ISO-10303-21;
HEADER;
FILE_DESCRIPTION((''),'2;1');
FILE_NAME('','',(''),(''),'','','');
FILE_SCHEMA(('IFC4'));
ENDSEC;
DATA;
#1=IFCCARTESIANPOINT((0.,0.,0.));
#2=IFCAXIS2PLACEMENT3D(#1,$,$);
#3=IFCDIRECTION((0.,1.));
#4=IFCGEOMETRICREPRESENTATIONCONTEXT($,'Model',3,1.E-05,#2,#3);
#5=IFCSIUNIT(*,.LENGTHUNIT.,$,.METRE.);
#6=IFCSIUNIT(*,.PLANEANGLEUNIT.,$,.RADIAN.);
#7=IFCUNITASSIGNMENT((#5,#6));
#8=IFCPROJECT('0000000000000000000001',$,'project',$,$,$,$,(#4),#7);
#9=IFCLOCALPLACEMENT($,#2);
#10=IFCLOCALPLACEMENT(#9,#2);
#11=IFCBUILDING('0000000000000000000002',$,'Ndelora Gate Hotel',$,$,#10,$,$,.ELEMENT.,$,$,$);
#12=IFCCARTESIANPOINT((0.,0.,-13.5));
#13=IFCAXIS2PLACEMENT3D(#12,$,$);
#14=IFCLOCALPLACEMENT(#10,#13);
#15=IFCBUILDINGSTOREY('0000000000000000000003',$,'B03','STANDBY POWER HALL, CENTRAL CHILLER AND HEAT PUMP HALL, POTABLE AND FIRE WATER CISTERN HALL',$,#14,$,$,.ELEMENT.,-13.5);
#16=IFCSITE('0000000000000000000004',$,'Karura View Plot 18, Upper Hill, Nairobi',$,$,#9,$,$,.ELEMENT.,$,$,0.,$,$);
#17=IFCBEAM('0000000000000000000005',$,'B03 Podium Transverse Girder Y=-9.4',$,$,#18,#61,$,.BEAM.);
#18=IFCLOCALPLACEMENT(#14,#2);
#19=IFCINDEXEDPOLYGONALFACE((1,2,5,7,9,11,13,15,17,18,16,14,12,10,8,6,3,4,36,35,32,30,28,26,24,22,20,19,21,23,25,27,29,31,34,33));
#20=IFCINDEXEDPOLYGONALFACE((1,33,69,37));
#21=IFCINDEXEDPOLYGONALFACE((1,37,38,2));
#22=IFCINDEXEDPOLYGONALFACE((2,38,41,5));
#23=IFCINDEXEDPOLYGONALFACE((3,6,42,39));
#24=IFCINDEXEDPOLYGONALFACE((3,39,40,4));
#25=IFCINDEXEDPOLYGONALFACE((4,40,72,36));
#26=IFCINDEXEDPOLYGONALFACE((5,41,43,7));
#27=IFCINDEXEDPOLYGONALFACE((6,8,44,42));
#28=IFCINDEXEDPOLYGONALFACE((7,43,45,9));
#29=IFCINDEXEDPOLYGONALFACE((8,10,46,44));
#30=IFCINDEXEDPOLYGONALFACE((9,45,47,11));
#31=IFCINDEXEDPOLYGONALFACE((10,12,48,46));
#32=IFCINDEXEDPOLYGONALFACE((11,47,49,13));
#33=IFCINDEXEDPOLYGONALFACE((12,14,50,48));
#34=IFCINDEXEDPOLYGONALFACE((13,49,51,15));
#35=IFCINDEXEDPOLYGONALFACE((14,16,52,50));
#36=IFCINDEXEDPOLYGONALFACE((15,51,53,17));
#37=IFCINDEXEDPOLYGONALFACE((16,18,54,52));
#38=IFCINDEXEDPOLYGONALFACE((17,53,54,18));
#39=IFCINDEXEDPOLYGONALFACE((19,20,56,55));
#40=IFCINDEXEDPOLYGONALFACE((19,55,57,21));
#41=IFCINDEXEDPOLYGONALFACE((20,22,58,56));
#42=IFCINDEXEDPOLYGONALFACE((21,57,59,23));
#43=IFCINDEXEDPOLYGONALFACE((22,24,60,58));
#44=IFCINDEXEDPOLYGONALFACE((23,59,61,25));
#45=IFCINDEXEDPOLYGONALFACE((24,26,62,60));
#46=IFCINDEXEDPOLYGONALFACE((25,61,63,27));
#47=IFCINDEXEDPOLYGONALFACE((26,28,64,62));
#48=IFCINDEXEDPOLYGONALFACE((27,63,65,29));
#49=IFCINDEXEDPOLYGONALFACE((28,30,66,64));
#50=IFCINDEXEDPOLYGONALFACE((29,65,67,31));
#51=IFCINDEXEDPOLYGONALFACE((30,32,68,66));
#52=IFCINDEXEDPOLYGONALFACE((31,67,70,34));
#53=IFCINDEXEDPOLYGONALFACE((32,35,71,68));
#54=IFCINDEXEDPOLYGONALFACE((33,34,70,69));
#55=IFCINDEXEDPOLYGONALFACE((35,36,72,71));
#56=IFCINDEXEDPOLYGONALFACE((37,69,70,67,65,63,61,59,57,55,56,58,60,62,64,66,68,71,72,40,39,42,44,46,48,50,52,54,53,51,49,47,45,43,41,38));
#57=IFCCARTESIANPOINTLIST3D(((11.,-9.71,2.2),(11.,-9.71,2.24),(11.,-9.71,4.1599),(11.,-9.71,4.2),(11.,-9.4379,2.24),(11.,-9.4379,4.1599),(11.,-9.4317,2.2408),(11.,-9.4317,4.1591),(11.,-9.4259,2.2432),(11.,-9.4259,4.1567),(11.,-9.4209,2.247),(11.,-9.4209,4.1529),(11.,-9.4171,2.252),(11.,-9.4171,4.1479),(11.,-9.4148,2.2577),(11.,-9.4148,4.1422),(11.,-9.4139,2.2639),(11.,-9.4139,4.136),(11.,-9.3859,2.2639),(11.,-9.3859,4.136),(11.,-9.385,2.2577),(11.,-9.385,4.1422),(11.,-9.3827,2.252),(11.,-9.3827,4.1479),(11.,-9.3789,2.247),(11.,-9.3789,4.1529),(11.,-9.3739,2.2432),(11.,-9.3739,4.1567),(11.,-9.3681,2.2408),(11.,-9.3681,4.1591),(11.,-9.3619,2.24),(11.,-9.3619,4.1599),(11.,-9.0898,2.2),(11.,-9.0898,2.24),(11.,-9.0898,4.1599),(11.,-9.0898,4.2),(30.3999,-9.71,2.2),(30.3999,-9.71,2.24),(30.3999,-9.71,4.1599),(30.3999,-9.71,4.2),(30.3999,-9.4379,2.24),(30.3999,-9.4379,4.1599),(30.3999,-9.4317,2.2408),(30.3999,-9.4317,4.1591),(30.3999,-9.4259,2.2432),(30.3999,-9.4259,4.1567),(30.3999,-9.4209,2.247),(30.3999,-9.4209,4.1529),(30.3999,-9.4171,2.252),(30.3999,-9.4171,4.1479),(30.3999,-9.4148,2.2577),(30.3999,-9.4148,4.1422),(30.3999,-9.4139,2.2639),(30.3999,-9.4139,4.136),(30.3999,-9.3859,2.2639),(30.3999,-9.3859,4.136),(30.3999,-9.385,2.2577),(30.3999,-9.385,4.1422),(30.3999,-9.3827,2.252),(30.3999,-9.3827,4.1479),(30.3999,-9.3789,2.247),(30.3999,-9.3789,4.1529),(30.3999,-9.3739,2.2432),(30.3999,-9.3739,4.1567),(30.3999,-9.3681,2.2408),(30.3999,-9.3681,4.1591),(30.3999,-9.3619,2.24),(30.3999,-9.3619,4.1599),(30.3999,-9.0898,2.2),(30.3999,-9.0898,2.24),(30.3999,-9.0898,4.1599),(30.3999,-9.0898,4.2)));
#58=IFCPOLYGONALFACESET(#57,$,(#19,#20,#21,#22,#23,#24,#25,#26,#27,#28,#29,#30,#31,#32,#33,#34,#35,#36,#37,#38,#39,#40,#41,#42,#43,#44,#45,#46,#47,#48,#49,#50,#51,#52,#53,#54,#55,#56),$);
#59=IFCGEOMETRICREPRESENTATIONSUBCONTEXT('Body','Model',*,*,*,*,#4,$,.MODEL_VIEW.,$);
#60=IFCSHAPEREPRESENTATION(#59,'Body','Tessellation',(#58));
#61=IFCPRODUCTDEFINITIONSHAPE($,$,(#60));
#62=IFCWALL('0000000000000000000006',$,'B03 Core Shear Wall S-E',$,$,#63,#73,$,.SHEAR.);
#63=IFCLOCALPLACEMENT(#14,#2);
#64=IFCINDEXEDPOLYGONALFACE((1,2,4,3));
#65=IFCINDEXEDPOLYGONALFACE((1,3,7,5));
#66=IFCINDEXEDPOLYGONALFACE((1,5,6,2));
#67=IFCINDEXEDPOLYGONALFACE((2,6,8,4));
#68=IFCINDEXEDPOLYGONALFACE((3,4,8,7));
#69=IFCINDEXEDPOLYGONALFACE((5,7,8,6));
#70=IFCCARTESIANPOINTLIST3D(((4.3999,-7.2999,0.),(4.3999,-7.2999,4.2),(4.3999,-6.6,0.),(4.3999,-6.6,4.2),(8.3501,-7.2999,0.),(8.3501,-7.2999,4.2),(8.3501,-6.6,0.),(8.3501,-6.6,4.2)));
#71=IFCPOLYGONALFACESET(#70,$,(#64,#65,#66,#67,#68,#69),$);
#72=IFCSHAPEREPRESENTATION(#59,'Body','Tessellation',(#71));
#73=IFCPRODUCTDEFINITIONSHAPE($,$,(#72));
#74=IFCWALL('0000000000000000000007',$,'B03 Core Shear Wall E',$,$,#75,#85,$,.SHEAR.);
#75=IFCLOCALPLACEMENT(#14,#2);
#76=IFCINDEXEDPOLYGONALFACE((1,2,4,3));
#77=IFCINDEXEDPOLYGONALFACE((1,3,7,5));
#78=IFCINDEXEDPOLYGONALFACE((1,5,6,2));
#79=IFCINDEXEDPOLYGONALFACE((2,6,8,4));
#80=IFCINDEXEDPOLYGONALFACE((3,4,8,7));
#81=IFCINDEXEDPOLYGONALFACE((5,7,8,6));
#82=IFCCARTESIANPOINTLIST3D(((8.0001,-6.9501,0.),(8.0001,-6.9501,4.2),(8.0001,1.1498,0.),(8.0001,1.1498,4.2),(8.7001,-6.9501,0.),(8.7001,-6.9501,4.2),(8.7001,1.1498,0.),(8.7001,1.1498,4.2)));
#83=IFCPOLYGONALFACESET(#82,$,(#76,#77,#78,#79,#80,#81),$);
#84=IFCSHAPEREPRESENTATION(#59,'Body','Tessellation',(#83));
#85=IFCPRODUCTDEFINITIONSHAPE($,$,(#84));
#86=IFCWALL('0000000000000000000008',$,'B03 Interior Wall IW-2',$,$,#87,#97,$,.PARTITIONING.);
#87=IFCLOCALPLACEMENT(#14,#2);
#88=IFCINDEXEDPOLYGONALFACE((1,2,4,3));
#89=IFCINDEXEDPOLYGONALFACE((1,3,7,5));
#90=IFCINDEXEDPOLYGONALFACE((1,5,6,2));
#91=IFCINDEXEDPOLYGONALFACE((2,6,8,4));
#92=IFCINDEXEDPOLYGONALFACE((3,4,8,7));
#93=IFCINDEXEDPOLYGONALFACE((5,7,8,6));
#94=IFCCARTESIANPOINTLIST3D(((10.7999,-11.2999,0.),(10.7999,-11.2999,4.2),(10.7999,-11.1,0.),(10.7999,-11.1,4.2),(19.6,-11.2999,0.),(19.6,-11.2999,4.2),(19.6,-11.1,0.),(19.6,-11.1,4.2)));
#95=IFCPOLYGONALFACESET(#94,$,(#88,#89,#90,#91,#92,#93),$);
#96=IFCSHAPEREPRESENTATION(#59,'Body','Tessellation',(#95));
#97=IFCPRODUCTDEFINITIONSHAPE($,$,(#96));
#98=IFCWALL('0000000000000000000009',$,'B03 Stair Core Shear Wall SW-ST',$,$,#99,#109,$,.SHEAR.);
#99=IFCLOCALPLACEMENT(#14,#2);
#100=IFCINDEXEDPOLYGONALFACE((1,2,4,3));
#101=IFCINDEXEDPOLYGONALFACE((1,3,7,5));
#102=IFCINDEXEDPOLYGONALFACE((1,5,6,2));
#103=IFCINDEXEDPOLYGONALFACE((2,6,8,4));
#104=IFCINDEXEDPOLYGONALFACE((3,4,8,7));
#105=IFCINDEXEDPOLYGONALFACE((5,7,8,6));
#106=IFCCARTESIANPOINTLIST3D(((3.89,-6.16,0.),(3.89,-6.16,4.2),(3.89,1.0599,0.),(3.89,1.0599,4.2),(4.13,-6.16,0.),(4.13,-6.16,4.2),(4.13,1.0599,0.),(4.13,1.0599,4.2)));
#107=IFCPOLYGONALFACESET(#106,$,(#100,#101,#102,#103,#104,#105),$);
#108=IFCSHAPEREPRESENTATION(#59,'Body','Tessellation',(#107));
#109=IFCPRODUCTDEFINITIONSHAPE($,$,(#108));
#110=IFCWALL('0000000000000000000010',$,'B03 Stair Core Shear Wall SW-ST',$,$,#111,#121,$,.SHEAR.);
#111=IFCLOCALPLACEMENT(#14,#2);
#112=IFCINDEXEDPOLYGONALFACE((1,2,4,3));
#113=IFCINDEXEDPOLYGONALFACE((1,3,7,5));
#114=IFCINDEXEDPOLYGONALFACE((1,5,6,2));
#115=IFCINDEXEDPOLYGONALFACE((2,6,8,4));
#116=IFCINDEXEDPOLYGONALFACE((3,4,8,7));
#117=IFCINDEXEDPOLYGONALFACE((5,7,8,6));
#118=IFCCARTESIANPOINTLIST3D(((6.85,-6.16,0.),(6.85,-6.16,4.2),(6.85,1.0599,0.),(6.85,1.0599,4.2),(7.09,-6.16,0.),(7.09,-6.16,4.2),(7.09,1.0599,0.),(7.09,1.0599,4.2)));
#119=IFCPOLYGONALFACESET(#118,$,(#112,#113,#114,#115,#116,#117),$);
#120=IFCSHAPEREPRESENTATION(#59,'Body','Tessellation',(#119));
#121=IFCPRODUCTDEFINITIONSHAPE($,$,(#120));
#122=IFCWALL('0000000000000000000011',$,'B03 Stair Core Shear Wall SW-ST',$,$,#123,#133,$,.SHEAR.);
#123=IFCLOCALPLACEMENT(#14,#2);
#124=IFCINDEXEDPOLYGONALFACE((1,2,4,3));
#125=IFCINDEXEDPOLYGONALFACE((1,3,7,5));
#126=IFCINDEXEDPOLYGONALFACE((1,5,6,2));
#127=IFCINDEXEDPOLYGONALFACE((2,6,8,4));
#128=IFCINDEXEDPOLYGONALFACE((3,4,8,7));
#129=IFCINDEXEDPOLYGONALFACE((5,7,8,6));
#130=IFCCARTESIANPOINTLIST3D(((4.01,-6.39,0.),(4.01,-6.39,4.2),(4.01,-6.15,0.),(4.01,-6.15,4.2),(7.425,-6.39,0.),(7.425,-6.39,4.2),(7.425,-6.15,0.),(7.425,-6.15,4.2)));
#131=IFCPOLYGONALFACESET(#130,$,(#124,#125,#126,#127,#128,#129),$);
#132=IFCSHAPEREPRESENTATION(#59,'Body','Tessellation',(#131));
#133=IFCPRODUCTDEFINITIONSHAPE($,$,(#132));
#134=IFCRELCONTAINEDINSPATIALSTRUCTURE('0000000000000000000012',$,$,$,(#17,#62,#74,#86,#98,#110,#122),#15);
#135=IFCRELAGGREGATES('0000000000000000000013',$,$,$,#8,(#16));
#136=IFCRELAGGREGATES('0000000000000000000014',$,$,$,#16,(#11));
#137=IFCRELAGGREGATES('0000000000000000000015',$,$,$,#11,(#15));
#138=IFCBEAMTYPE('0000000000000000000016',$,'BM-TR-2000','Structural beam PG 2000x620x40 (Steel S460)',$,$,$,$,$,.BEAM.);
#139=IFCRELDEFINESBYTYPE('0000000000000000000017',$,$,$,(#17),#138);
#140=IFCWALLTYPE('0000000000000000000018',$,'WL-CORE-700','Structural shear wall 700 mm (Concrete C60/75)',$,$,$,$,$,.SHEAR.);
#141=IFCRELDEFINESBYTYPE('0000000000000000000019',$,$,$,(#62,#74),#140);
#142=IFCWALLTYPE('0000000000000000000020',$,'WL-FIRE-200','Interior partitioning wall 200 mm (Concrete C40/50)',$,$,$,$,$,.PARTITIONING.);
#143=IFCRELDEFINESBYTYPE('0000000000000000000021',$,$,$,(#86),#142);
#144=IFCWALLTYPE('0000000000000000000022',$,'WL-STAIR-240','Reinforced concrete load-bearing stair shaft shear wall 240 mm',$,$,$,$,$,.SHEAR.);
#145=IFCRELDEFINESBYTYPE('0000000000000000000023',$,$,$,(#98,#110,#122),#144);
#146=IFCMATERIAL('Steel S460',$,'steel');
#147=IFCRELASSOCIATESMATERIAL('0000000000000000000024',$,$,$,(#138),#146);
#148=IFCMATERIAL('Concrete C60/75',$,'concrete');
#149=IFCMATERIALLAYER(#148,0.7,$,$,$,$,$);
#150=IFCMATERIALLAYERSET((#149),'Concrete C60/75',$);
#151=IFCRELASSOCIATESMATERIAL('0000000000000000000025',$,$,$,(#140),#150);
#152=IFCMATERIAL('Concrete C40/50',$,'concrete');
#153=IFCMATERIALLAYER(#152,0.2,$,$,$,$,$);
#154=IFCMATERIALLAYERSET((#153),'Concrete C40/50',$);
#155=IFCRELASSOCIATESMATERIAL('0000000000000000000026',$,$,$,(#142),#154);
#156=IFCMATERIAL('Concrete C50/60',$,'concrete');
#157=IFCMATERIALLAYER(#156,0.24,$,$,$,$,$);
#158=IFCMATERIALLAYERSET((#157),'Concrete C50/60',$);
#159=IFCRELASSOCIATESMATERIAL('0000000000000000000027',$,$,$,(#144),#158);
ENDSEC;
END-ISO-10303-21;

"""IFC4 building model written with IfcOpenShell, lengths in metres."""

from ifc_helpers import new_model, si_unit, direction, frame, frame_2d, origin, origin_2d, place, context, subcontext, project, spatial, rectangle, i_section, extrude, material, layer, layer_set, material_profile, profile_set, type_object, element, save


model = new_model("IFC4")

# Units and contexts
model_context = context("Model", 3, precision=1e-05, world=origin(), true_north=direction((0.0, 1.0)))
body_context = subcontext(model_context, "Body", "Model", "MODEL_VIEW")
ifc_project = project(units=[si_unit("LENGTHUNIT", "METRE"), si_unit("PLANEANGLEUNIT", "RADIAN")], contexts=[model_context])

# Site, building, storey
site_placement = place(None, origin())
site = spatial("IfcSite", under=ifc_project, at=site_placement, Name="Karura View Plot 18, Upper Hill, Nairobi", CompositionType="ELEMENT", RefElevation=0.0)
building_placement = place(site_placement, origin())
building = spatial("IfcBuilding", under=site, at=building_placement, Name="Ndelora Gate Hotel", CompositionType="ELEMENT")
storey_placement = place(building_placement, frame((0.0, 0.0, -13.5)))
storey = spatial("IfcBuildingStorey", under=building, at=storey_placement, Name="B03", Description="STANDBY POWER HALL, CENTRAL CHILLER AND HEAT PUMP HALL, POTABLE AND FIRE WATER CISTERN HALL", CompositionType="ELEMENT", Elevation=-13.5)

# Shared definitions
ifc_material_1 = material(Name="Concrete C40/50", Category="concrete")

# Shared definitions
ifc_material_2 = material(Name="Concrete C60/75", Category="concrete")

# Beam
ifc_material_3 = material(Name="Concrete C50/60", Category="concrete")
ifc_material_4 = material(Name="Steel S460", Category="steel")
ifc_material_profile_1 = material_profile(ifc_material_4, i_section(OverallWidth=0.6201, OverallDepth=2.0, WebThickness=0.0281, FlangeThickness=0.04, FilletRadius=0.0239, at=origin_2d()), Name="PG 2000x620x40")
ifc_profile_set_1 = profile_set([ifc_material_profile_1], Name="Steel S460")
beam_type_1 = type_object("IfcBeamType", Name="BM-TR-2000", Description="Structural beam PG 2000x620x40 (Steel S460)", PredefinedType="BEAM", material=ifc_profile_set_1)
beam_1_placement = place(storey_placement, frame((11.0, -9.3999, 3.2), z_axis=(1.0, 0.0, 0.0), x_axis=(0.0, 1.0, 0.0)))
element("IfcBeam", 1, at=beam_1_placement, inside=storey, type_object=beam_type_1, Name="B03 Podium Transverse Girder Y=-9.4", PredefinedType="BEAM", context=body_context, shape_type="SweptSolid", body=[
    extrude(i_section(OverallWidth=0.6201, OverallDepth=2.0, WebThickness=0.0281, FlangeThickness=0.04, FilletRadius=0.0239, at=origin_2d()), origin(), (0.0, 0.0, 1.0), 19.3999),
])

# Walls
ifc_layer_1 = layer(ifc_material_2, 0.7)
ifc_layer_set_1 = layer_set([ifc_layer_1], Name="Concrete C60/75")
wall_type_1 = type_object("IfcWallType", Name="WL-CORE-700", Description="Structural shear wall 700 mm (Concrete C60/75)", PredefinedType="SHEAR", material=ifc_layer_set_1)
wall_1_placement = place(storey_placement, frame((4.3999, -6.95, 0.0), z_axis=(0.0, 0.0, 1.0), x_axis=(1.0, 0.0, 0.0)))
element("IfcWall", 2, at=wall_1_placement, inside=storey, type_object=wall_type_1, Name="B03 Core Shear Wall S-E", PredefinedType="SHEAR", context=body_context, shape_type="SweptSolid", body=[
    extrude(rectangle(XDim=3.9502, YDim=0.7, at=frame_2d((1.9751, 0.0))), origin(), (0.0, 0.0, 1.0), 4.2),
])
wall_2_placement = place(storey_placement, frame((8.3501, -6.95, 0.0), z_axis=(0.0, 0.0, 1.0), x_axis=(0.0, 1.0, 0.0)))
element("IfcWall", 3, at=wall_2_placement, inside=storey, type_object=wall_type_1, Name="B03 Core Shear Wall E", PredefinedType="SHEAR", context=body_context, shape_type="SweptSolid", body=[
    extrude(rectangle(XDim=8.0999, YDim=0.7, at=frame_2d((4.0498, 0.0))), origin(), (0.0, 0.0, 1.0), 4.2),
])
ifc_layer_2 = layer(ifc_material_1, 0.2)
ifc_layer_set_2 = layer_set([ifc_layer_2], Name="Concrete C40/50")
wall_type_2 = type_object("IfcWallType", Name="WL-FIRE-200", Description="Interior partitioning wall 200 mm (Concrete C40/50)", PredefinedType="PARTITIONING", material=ifc_layer_set_2)
wall_3_placement = place(storey_placement, frame((10.8, -11.2, 0.0), z_axis=(0.0, 0.0, 1.0), x_axis=(1.0, 0.0, 0.0)))
element("IfcWall", 4, at=wall_3_placement, inside=storey, type_object=wall_type_2, Name="B03 Interior Wall IW-2", PredefinedType="PARTITIONING", context=body_context, shape_type="SweptSolid", body=[
    extrude(rectangle(XDim=8.8, YDim=0.2, at=frame_2d((4.3999, 0.0))), origin(), (0.0, 0.0, 1.0), 4.2),
])
ifc_layer_3 = layer(ifc_material_3, 0.24)
ifc_layer_set_3 = layer_set([ifc_layer_3], Name="Concrete C50/60")
wall_type_3 = type_object("IfcWallType", Name="WL-STAIR-240", Description="Reinforced concrete load-bearing stair shaft shear wall 240 mm", PredefinedType="SHEAR", material=ifc_layer_set_3)
for number, where, z_axis, x_axis, name in (
    (5, (4.01, -6.1599, 0.0), (0.0, 0.0, 1.0), (0.0, 1.0, 0.0), "B03 Stair Core Shear Wall SW-ST"),
    (6, (6.97, -6.1599, 0.0), (0.0, 0.0, 1.0), (0.0, 1.0, 0.0), "B03 Stair Core Shear Wall SW-ST"),
):
    element("IfcWall", number, at=place(storey_placement, frame(where, z_axis=z_axis, x_axis=x_axis)), inside=storey, type_object=wall_type_3, Name=name, PredefinedType="SHEAR", context=body_context, shape_type="SweptSolid", body=[
        extrude(rectangle(XDim=7.22, YDim=0.24, at=frame_2d((3.6099, 0.0))), origin(), (0.0, 0.0, 1.0), 4.2),
    ])
wall_4_placement = place(storey_placement, frame((4.01, -6.27, 0.0), z_axis=(0.0, 0.0, 1.0), x_axis=(1.0, 0.0, 0.0)))
element("IfcWall", 7, at=wall_4_placement, inside=storey, type_object=wall_type_3, Name="B03 Stair Core Shear Wall SW-ST", PredefinedType="SHEAR", context=body_context, shape_type="SweptSolid", body=[
    extrude(rectangle(XDim=3.415, YDim=0.24, at=frame_2d((1.7075, 0.0))), origin(), (0.0, 0.0, 1.0), 4.2),
])

save(model, "model.ifc")
